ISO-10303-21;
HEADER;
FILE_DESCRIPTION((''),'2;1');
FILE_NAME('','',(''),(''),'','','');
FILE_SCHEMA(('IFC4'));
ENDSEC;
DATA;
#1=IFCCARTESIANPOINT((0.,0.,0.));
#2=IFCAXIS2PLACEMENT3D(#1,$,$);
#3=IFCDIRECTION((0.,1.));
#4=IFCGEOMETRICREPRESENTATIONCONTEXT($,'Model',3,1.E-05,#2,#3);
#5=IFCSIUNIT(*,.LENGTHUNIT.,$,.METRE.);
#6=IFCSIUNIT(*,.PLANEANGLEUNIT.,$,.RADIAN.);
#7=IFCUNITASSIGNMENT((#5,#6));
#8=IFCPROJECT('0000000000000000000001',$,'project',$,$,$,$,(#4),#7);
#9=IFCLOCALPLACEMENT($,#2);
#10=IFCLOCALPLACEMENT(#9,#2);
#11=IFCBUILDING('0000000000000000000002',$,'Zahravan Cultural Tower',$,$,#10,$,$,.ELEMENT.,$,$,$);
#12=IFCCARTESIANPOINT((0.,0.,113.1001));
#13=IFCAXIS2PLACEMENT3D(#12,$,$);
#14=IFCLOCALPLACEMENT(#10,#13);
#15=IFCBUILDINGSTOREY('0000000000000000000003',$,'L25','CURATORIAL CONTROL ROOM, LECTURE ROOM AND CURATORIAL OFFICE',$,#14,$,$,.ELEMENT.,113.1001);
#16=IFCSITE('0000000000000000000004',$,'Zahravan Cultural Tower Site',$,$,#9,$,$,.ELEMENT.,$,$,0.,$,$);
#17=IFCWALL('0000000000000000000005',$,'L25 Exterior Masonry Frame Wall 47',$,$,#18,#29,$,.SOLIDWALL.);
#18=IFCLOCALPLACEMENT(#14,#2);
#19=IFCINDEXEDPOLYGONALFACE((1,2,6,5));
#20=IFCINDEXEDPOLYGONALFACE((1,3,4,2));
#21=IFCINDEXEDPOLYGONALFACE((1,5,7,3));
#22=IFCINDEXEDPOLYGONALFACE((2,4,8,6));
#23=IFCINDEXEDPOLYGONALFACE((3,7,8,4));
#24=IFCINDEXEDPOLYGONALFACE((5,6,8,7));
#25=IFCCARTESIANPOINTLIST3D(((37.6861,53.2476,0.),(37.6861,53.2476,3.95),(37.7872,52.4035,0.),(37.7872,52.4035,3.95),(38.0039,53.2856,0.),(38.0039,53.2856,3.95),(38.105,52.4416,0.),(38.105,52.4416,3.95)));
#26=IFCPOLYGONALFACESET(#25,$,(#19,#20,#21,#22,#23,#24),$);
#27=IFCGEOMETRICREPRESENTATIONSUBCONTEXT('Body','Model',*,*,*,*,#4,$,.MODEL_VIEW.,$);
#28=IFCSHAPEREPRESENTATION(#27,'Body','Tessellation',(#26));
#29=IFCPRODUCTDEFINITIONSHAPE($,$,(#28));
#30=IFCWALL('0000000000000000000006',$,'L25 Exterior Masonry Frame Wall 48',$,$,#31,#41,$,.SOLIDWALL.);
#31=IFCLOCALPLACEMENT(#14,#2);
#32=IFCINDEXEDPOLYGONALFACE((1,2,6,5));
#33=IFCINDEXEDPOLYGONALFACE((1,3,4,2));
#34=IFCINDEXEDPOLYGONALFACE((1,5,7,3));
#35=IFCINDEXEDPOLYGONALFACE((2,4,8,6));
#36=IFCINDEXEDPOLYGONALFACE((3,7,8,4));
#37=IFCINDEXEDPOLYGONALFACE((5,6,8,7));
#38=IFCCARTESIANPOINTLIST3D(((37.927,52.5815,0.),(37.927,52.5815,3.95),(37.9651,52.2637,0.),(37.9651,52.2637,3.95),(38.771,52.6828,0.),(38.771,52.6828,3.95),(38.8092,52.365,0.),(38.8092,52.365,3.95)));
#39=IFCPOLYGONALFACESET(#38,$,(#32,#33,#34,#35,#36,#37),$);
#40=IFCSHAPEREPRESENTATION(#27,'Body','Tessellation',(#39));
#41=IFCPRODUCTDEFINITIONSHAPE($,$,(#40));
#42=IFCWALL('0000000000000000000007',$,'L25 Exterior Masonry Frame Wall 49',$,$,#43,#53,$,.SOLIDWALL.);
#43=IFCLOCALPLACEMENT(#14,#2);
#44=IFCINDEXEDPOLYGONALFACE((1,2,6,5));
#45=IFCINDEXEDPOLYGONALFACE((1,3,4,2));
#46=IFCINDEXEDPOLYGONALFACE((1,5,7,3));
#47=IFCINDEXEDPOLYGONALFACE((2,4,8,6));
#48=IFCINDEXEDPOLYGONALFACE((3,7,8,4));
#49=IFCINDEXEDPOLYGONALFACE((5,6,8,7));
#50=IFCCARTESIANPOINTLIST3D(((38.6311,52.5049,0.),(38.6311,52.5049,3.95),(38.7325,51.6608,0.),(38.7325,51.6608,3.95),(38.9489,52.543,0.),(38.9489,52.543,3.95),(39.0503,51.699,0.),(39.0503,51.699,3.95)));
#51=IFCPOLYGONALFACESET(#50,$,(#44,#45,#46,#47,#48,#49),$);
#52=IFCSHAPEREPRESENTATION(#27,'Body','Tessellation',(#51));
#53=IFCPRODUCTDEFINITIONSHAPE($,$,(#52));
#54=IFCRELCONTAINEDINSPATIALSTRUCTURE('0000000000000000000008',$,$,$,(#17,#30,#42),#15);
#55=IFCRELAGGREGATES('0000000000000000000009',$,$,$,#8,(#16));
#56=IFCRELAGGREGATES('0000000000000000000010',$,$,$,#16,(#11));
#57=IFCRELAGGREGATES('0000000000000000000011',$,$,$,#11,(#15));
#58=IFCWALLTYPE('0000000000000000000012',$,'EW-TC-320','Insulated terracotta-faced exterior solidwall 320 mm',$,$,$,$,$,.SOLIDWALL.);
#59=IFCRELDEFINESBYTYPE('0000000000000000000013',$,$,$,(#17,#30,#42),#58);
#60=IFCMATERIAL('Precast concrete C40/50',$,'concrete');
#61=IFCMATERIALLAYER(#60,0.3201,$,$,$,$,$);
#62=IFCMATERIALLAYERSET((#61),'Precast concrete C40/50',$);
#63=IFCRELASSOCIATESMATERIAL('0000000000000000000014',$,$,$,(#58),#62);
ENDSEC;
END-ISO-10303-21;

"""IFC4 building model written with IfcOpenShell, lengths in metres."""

from ifc_helpers import new_model, si_unit, direction, frame, frame_2d, origin, place, context, subcontext, project, spatial, rectangle, extrude, source, transform, mapped, material, layer, layer_set, type_object, element, save


model = new_model("IFC4")

# Units and contexts
model_context = context("Model", 3, precision=1e-05, world=origin(), true_north=direction((0.0, 1.0)))
body_context = subcontext(model_context, "Body", "Model", "MODEL_VIEW")
ifc_project = project(units=[si_unit("LENGTHUNIT", "METRE"), si_unit("PLANEANGLEUNIT", "RADIAN")], contexts=[model_context])

# Site, building, storey
site_placement = place(None, origin())
site = spatial("IfcSite", under=ifc_project, at=site_placement, Name="Zahravan Cultural Tower Site", CompositionType="ELEMENT", RefElevation=0.0)
building_placement = place(site_placement, origin())
building = spatial("IfcBuilding", under=site, at=building_placement, Name="Zahravan Cultural Tower", CompositionType="ELEMENT")
storey_placement = place(building_placement, frame((0.0, 0.0, 113.1001)))
storey = spatial("IfcBuildingStorey", under=building, at=storey_placement, Name="L25", Description="CURATORIAL CONTROL ROOM, LECTURE ROOM AND CURATORIAL OFFICE", CompositionType="ELEMENT", Elevation=113.1001)

# Walls
ifc_material_1 = material(Name="Precast concrete C40/50", Category="concrete")
ifc_layer_1 = layer(ifc_material_1, 0.3201)
ifc_layer_set_1 = layer_set([ifc_layer_1], Name="Precast concrete C40/50")
wall_type = type_object("IfcWallType", Name="EW-TC-320", Description="Insulated terracotta-faced exterior solidwall 320 mm", PredefinedType="SOLIDWALL", material=ifc_layer_set_1)
shared_shape_1 = source(origin(), body_context, "Body", "SweptSolid", [
    extrude(rectangle(XDim=0.8501, YDim=0.3201, at=frame_2d((0.425, 0.0))), origin(), (0.0, 0.0, 1.0), 3.95),
])
for number, where, z_axis, x_axis, name in (
    (1, (37.845, 53.2666, 0.0), (0.0, 0.0, 1.0), (0.118907, -0.992905, 0.0), "L25 Exterior Masonry Frame Wall 47"),
    (2, (37.946, 52.4226, 0.0), (0.0, 0.0, 1.0), (0.992871, 0.119191, 0.0), "L25 Exterior Masonry Frame Wall 48"),
    (3, (38.79, 52.5239, 0.0), (0.0, 0.0, 1.0), (0.119191, -0.992871, 0.0), "L25 Exterior Masonry Frame Wall 49"),
):
    element("IfcWall", number, at=place(storey_placement, frame(where, z_axis=z_axis, x_axis=x_axis)), inside=storey, type_object=wall_type, Name=name, PredefinedType="SOLIDWALL", context=body_context, shape_type="MappedRepresentation", body=[
        mapped(shared_shape_1, transform((0.0, 0.0, 0.0), x_axis=(1.0, 0.0, 0.0), y_axis=(0.0, 1.0, 0.0), z_axis=(0.0, 0.0, 1.0), scale=1.0)),
    ])

save(model, "model.ifc")
